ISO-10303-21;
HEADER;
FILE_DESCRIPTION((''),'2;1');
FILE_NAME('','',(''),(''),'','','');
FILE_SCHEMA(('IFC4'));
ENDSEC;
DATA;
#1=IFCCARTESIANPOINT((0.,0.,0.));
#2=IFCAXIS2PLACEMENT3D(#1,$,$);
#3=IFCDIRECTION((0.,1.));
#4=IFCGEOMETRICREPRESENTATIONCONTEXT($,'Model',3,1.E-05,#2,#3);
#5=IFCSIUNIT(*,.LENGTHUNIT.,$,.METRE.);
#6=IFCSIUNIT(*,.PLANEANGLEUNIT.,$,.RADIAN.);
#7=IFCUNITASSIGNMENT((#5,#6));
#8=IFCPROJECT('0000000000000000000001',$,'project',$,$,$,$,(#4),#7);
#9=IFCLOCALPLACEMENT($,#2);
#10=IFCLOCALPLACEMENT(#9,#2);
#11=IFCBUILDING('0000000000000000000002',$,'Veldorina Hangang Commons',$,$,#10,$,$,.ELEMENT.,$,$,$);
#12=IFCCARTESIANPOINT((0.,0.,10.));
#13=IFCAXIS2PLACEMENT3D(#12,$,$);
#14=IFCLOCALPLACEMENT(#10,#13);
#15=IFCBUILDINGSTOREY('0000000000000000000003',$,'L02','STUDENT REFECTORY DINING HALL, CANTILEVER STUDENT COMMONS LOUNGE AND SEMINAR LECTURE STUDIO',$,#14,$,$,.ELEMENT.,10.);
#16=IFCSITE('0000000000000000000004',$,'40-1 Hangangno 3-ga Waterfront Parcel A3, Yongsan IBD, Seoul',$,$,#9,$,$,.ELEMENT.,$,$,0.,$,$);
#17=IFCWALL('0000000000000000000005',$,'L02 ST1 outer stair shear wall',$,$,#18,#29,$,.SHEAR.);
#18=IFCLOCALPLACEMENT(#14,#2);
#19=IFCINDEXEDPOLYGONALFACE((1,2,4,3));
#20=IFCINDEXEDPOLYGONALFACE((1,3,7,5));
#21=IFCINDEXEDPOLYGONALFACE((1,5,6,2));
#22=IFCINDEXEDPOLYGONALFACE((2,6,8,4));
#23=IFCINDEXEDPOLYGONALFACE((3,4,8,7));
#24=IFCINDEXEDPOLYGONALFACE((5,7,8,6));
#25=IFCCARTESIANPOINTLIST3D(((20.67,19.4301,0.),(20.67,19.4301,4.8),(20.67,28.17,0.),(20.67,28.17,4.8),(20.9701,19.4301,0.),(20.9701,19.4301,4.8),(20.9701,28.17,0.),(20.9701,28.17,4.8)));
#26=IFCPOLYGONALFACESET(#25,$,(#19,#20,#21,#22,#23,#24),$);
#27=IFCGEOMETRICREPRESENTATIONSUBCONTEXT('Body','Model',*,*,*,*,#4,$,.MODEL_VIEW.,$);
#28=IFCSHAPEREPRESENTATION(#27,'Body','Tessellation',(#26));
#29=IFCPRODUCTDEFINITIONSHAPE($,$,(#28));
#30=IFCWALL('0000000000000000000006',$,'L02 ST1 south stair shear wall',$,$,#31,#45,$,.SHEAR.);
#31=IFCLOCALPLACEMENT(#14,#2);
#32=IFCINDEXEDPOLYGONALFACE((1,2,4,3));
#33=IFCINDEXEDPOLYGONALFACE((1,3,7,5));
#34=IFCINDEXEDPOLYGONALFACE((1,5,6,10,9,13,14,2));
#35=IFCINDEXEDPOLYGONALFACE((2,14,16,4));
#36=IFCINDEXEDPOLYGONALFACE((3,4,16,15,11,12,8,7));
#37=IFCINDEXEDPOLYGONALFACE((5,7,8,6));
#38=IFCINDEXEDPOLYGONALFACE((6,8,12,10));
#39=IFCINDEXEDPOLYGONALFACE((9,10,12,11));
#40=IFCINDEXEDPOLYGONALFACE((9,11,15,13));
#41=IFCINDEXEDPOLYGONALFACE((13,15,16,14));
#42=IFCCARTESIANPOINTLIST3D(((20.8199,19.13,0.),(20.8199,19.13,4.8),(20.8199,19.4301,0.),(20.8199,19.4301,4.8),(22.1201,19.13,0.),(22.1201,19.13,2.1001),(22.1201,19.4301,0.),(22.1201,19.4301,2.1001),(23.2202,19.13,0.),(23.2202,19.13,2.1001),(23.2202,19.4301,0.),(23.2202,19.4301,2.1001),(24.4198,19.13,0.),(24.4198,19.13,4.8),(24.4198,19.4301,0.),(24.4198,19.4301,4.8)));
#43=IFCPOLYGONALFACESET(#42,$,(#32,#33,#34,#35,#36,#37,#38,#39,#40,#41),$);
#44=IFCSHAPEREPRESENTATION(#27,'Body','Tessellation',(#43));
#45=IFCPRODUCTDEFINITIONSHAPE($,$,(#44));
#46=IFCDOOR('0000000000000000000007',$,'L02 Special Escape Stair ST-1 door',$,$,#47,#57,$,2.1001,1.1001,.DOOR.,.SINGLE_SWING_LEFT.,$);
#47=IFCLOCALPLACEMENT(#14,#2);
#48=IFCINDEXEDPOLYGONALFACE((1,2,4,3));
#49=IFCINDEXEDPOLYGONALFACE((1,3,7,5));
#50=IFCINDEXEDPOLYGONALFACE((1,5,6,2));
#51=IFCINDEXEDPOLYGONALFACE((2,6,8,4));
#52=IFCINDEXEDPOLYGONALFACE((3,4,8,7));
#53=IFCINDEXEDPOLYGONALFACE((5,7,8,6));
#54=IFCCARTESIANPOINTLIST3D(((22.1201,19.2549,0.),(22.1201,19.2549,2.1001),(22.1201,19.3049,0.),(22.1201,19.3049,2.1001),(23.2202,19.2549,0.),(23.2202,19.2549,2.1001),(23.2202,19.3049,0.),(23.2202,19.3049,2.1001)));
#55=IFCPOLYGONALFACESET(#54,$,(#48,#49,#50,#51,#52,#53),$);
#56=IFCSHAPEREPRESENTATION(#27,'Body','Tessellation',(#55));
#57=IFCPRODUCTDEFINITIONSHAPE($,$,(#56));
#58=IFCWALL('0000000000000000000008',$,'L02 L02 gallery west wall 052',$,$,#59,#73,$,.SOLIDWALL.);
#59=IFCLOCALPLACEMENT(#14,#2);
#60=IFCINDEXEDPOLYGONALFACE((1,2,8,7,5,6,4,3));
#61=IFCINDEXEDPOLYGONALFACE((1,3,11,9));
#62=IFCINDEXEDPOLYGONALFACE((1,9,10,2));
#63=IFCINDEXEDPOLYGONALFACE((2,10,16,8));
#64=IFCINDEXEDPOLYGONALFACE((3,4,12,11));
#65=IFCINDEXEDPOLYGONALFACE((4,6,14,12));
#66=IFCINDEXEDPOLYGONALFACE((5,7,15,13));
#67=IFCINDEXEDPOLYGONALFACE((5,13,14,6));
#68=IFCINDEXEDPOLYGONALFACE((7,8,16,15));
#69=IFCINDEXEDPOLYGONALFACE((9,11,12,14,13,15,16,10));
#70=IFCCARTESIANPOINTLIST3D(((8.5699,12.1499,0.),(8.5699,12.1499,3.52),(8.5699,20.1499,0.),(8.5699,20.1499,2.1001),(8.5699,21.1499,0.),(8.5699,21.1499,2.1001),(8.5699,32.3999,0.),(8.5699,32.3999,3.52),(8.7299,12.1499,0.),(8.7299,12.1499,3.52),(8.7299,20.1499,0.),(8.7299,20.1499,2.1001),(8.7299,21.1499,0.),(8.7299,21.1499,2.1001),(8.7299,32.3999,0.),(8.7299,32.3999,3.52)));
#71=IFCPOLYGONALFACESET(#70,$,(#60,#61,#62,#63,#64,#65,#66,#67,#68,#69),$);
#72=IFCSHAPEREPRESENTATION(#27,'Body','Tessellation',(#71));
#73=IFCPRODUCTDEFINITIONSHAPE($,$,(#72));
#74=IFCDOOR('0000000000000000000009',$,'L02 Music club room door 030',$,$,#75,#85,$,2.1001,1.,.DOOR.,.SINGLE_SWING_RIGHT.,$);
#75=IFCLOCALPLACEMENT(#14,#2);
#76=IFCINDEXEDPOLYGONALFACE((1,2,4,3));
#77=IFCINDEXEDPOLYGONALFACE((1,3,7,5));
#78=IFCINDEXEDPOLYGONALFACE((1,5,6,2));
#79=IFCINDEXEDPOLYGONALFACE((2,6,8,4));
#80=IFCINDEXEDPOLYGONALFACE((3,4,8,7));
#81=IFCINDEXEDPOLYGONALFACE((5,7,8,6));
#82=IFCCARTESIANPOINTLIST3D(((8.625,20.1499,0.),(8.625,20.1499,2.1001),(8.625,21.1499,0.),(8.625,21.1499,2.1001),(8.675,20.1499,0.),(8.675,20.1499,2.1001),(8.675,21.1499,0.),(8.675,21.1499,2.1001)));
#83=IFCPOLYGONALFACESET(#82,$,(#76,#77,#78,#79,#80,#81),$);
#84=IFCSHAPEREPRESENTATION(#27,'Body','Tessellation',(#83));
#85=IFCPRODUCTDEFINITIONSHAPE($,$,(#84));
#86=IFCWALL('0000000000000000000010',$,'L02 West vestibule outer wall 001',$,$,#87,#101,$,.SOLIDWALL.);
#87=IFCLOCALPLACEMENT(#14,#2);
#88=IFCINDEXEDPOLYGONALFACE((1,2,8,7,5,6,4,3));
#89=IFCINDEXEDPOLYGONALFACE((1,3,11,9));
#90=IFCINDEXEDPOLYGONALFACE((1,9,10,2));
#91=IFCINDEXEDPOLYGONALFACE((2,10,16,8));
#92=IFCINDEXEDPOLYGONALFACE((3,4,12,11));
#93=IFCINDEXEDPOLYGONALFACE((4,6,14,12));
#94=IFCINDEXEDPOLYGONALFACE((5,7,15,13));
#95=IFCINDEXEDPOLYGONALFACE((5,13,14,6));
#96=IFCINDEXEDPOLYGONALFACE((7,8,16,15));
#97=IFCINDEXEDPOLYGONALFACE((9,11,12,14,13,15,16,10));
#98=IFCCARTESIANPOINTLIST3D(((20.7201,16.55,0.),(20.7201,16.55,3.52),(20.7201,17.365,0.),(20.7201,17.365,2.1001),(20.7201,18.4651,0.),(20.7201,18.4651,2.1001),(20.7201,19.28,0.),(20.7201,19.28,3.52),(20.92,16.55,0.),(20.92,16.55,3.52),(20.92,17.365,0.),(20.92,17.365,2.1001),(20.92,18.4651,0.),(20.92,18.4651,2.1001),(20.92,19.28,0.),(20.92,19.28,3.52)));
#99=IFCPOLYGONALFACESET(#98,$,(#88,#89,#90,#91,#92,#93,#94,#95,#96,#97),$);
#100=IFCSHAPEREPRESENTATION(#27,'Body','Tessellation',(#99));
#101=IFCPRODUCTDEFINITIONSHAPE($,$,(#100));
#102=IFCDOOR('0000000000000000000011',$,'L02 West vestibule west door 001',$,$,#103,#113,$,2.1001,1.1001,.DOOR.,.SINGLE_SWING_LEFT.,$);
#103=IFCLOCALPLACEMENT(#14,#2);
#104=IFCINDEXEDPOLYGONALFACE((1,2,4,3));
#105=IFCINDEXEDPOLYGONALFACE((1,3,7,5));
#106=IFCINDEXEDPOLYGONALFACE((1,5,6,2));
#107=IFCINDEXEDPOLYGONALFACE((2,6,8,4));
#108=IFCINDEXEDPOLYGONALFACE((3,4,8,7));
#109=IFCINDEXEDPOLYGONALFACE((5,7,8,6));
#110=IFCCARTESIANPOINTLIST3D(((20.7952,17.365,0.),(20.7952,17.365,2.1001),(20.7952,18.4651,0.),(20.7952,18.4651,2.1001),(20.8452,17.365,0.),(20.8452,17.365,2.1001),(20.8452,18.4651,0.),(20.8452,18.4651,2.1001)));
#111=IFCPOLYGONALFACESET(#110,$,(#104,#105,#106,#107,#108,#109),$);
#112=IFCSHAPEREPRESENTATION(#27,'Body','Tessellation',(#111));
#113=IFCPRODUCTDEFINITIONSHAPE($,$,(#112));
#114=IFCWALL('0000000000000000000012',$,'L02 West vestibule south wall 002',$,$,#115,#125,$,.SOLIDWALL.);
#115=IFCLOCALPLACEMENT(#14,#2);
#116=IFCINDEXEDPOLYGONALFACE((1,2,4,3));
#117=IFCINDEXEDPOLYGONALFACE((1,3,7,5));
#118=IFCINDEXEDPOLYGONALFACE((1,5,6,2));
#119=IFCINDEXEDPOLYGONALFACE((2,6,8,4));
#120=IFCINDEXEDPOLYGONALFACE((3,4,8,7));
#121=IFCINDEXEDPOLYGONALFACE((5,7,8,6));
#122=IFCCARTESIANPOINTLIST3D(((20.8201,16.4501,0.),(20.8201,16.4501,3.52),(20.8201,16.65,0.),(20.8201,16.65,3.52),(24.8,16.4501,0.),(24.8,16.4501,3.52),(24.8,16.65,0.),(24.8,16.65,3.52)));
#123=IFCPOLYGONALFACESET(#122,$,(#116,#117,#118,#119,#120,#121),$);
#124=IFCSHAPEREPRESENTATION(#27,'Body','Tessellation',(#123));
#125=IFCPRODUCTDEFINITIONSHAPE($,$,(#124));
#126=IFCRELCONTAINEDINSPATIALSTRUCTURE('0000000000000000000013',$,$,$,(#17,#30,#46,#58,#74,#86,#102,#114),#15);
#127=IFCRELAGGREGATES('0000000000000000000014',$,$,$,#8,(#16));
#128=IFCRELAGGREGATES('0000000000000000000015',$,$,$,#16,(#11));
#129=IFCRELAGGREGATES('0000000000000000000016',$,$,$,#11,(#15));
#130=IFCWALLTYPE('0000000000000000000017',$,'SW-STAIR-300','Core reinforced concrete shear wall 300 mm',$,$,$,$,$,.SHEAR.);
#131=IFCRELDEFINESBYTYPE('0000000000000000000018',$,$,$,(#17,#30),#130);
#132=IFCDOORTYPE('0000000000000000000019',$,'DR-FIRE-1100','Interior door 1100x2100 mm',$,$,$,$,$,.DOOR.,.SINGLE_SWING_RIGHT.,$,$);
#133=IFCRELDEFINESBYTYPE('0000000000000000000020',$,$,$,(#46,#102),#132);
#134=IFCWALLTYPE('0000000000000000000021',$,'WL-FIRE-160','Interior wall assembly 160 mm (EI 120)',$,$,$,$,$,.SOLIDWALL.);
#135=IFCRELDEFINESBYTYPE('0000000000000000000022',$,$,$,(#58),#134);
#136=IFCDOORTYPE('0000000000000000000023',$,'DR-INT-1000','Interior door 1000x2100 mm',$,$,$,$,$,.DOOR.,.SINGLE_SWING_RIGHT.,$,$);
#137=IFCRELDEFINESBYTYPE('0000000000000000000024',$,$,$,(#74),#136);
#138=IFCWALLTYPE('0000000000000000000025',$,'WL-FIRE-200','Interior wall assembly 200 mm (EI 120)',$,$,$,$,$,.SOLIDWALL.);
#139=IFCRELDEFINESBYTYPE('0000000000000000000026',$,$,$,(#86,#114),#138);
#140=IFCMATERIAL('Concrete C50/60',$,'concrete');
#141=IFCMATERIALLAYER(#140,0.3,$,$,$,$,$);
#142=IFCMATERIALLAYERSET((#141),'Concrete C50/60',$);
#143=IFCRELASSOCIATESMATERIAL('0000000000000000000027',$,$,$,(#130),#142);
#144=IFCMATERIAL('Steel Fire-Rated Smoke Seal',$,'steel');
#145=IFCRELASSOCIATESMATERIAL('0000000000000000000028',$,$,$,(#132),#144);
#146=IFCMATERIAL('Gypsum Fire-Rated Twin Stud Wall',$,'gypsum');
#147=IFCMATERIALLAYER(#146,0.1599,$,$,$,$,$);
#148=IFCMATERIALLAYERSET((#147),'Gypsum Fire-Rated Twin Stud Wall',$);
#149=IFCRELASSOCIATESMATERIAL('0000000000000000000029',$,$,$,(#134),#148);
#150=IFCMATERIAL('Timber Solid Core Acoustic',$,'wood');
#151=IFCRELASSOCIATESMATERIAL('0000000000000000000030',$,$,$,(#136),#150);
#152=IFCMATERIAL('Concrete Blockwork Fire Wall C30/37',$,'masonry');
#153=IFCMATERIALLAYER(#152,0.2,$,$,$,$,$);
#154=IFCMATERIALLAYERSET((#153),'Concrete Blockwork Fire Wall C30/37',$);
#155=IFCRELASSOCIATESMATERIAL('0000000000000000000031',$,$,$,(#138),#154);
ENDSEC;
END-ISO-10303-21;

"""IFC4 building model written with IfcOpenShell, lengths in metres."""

from ifc_helpers import new_model, si_unit, direction, frame, frame_2d, origin, place, context, subcontext, project, spatial, rectangle, extrude, material, layer, layer_set, type_object, element, fill, save


model = new_model("IFC4")

# Units and contexts
model_context = context("Model", 3, precision=1e-05, world=origin(), true_north=direction((0.0, 1.0)))
body_context = subcontext(model_context, "Body", "Model", "MODEL_VIEW")
ifc_project = project(units=[si_unit("LENGTHUNIT", "METRE"), si_unit("PLANEANGLEUNIT", "RADIAN")], contexts=[model_context])

# Site, building, storey
site_placement = place(None, origin())
site = spatial("IfcSite", under=ifc_project, at=site_placement, Name="40-1 Hangangno 3-ga Waterfront Parcel A3, Yongsan IBD, Seoul", CompositionType="ELEMENT", RefElevation=0.0)
building_placement = place(site_placement, origin())
building = spatial("IfcBuilding", under=site, at=building_placement, Name="Veldorina Hangang Commons", CompositionType="ELEMENT")
storey_placement = place(building_placement, frame((0.0, 0.0, 10.0)))
storey = spatial("IfcBuildingStorey", under=building, at=storey_placement, Name="L02", Description="STUDENT REFECTORY DINING HALL, CANTILEVER STUDENT COMMONS LOUNGE AND SEMINAR LECTURE STUDIO", CompositionType="ELEMENT", Elevation=10.0)

# Wall
ifc_material_1 = material(Name="Concrete C50/60", Category="concrete")
ifc_layer_1 = layer(ifc_material_1, 0.3)
ifc_layer_set_1 = layer_set([ifc_layer_1], Name="Concrete C50/60")
wall_type_1 = type_object("IfcWallType", Name="SW-STAIR-300", Description="Core reinforced concrete shear wall 300 mm", PredefinedType="SHEAR", material=ifc_layer_set_1)
wall_1_placement = place(storey_placement, frame((20.8201, 19.4299, 0.0), z_axis=(0.0, 0.0, 1.0), x_axis=(0.0, 1.0, 0.0)))
element("IfcWall", 1, at=wall_1_placement, inside=storey, type_object=wall_type_1, Name="L02 ST1 outer stair shear wall", PredefinedType="SHEAR", context=body_context, shape_type="SweptSolid", body=[
    extrude(rectangle(XDim=8.74, YDim=0.3, at=frame_2d((4.3701, 0.0))), origin(), (0.0, 0.0, 1.0), 4.8),
])

# Walls, openings, doors
wall_2_placement = place(storey_placement, frame((20.8201, 19.28, 0.0), z_axis=(0.0, 0.0, 1.0), x_axis=(1.0, 0.0, 0.0)))
wall_2 = element("IfcWall", 2, at=wall_2_placement, inside=storey, type_object=wall_type_1, Name="L02 ST1 south stair shear wall", PredefinedType="SHEAR", context=body_context, shape_type="SweptSolid", body=[
    extrude(rectangle(XDim=3.5999, YDim=0.3, at=frame_2d((1.7998, 0.0))), origin(), (0.0, 0.0, 1.0), 4.8),
])
opening_1_placement = place(wall_2_placement, frame((1.3, 0.0, 0.0)))
opening_1 = element("IfcOpeningElement", 3, at=opening_1_placement, cuts=wall_2, PredefinedType="OPENING", context=body_context, shape_type="SweptSolid", body=[
    extrude(rectangle(XDim=1.1001, YDim=2.1001, at=frame_2d((0.55, 1.05))), frame((0.0, 0.1602, 0.0), z_axis=(0.0, -1.0, 0.0), x_axis=(1.0, 0.0, 0.0)), (0.0, 0.0, 1.0), 0.3201),
])
ifc_material_2 = material(Name="Steel Fire-Rated Smoke Seal", Category="steel")
door_type_1 = type_object("IfcDoorType", Name="DR-FIRE-1100", Description="Interior door 1100x2100 mm", OperationType="SINGLE_SWING_RIGHT", PredefinedType="DOOR", material=ifc_material_2)
door_1_placement = place(opening_1_placement, origin())
door_1 = element("IfcDoor", 4, at=door_1_placement, inside=storey, type_object=door_type_1, Name="L02 Special Escape Stair ST-1 door", OperationType="SINGLE_SWING_LEFT", OverallHeight=2.1001, OverallWidth=1.1001, PredefinedType="DOOR", context=body_context, shape_type="SweptSolid", body=[
    extrude(rectangle(XDim=1.1001, YDim=2.1001, at=frame_2d((0.55, 1.05))), frame((0.0, 0.0249, 0.0), z_axis=(0.0, -1.0, 0.0), x_axis=(1.0, 0.0, 0.0)), (0.0, 0.0, 1.0), 0.05),
])
fill(opening_1, door_1)
ifc_material_3 = material(Name="Gypsum Fire-Rated Twin Stud Wall", Category="gypsum")
ifc_layer_2 = layer(ifc_material_3, 0.1599)
ifc_layer_set_2 = layer_set([ifc_layer_2], Name="Gypsum Fire-Rated Twin Stud Wall")
wall_type_2 = type_object("IfcWallType", Name="WL-FIRE-160", Description="Interior wall assembly 160 mm (EI 120)", PredefinedType="SOLIDWALL", material=ifc_layer_set_2)
wall_3_placement = place(storey_placement, frame((8.6499, 12.1499, 0.0), z_axis=(0.0, 0.0, 1.0), x_axis=(0.0, 1.0, 0.0)))
wall_3 = element("IfcWall", 5, at=wall_3_placement, inside=storey, type_object=wall_type_2, Name="L02 L02 gallery west wall 052", PredefinedType="SOLIDWALL", context=body_context, shape_type="SweptSolid", body=[
    extrude(rectangle(XDim=20.25, YDim=0.1599, at=frame_2d((10.125, 0.0))), origin(), (0.0, 0.0, 1.0), 3.52),
])
opening_2_placement = place(wall_3_placement, frame((8.0, 0.0, 0.0)))
opening_2 = element("IfcOpeningElement", 6, at=opening_2_placement, cuts=wall_3, PredefinedType="OPENING", context=body_context, shape_type="SweptSolid", body=[
    extrude(rectangle(XDim=1.0, YDim=2.1001, at=frame_2d((0.5, 1.05))), frame((0.0, 0.0898, 0.0), z_axis=(0.0, -1.0, 0.0), x_axis=(1.0, 0.0, 0.0)), (0.0, 0.0, 1.0), 0.1799),
])
ifc_material_4 = material(Name="Timber Solid Core Acoustic", Category="wood")
door_type_2 = type_object("IfcDoorType", Name="DR-INT-1000", Description="Interior door 1000x2100 mm", OperationType="SINGLE_SWING_RIGHT", PredefinedType="DOOR", material=ifc_material_4)
door_2_placement = place(opening_2_placement, origin())
door_2 = element("IfcDoor", 7, at=door_2_placement, inside=storey, type_object=door_type_2, Name="L02 Music club room door 030", OperationType="SINGLE_SWING_RIGHT", OverallHeight=2.1001, OverallWidth=1.0, PredefinedType="DOOR", context=body_context, shape_type="SweptSolid", body=[
    extrude(rectangle(XDim=1.0, YDim=2.1001, at=frame_2d((0.5, 1.05))), frame((0.0, 0.0249, 0.0), z_axis=(0.0, -1.0, 0.0), x_axis=(1.0, 0.0, 0.0)), (0.0, 0.0, 1.0), 0.05),
])
fill(opening_2, door_2)
ifc_material_5 = material(Name="Concrete Blockwork Fire Wall C30/37", Category="masonry")
ifc_layer_3 = layer(ifc_material_5, 0.2)
ifc_layer_set_3 = layer_set([ifc_layer_3], Name="Concrete Blockwork Fire Wall C30/37")
wall_type_3 = type_object("IfcWallType", Name="WL-FIRE-200", Description="Interior wall assembly 200 mm (EI 120)", PredefinedType="SOLIDWALL", material=ifc_layer_set_3)
wall_4_placement = place(storey_placement, frame((20.8201, 16.55, 0.0), z_axis=(0.0, 0.0, 1.0), x_axis=(0.0, 1.0, 0.0)))
wall_4 = element("IfcWall", 8, at=wall_4_placement, inside=storey, type_object=wall_type_3, Name="L02 West vestibule outer wall 001", PredefinedType="SOLIDWALL", context=body_context, shape_type="SweptSolid", body=[
    extrude(rectangle(XDim=2.73, YDim=0.2, at=frame_2d((1.365, 0.0))), origin(), (0.0, 0.0, 1.0), 3.52),
])
opening_3_placement = place(wall_4_placement, frame((0.8149, 0.0, 0.0)))
opening_3 = element("IfcOpeningElement", 9, at=opening_3_placement, cuts=wall_4, PredefinedType="OPENING", context=body_context, shape_type="SweptSolid", body=[
    extrude(rectangle(XDim=1.1001, YDim=2.1001, at=frame_2d((0.55, 1.05))), frame((0.0, 0.1099, 0.0), z_axis=(0.0, -1.0, 0.0), x_axis=(1.0, 0.0, 0.0)), (0.0, 0.0, 1.0), 0.22),
])
door_3_placement = place(opening_3_placement, origin())
door_3 = element("IfcDoor", 10, at=door_3_placement, inside=storey, type_object=door_type_1, Name="L02 West vestibule west door 001", OperationType="SINGLE_SWING_LEFT", OverallHeight=2.1001, OverallWidth=1.1001, PredefinedType="DOOR", context=body_context, shape_type="SweptSolid", body=[
    extrude(rectangle(XDim=1.1001, YDim=2.1001, at=frame_2d((0.55, 1.05))), frame((0.0, 0.0249, 0.0), z_axis=(0.0, -1.0, 0.0), x_axis=(1.0, 0.0, 0.0)), (0.0, 0.0, 1.0), 0.05),
])
fill(opening_3, door_3)

# Wall
wall_5_placement = place(storey_placement, frame((20.8201, 16.55, 0.0), z_axis=(0.0, 0.0, 1.0), x_axis=(1.0, 0.0, 0.0)))
element("IfcWall", 11, at=wall_5_placement, inside=storey, type_object=wall_type_3, Name="L02 West vestibule south wall 002", PredefinedType="SOLIDWALL", context=body_context, shape_type="SweptSolid", body=[
    extrude(rectangle(XDim=3.98, YDim=0.2, at=frame_2d((1.99, 0.0))), origin(), (0.0, 0.0, 1.0), 3.52),
])

save(model, "model.ifc")
